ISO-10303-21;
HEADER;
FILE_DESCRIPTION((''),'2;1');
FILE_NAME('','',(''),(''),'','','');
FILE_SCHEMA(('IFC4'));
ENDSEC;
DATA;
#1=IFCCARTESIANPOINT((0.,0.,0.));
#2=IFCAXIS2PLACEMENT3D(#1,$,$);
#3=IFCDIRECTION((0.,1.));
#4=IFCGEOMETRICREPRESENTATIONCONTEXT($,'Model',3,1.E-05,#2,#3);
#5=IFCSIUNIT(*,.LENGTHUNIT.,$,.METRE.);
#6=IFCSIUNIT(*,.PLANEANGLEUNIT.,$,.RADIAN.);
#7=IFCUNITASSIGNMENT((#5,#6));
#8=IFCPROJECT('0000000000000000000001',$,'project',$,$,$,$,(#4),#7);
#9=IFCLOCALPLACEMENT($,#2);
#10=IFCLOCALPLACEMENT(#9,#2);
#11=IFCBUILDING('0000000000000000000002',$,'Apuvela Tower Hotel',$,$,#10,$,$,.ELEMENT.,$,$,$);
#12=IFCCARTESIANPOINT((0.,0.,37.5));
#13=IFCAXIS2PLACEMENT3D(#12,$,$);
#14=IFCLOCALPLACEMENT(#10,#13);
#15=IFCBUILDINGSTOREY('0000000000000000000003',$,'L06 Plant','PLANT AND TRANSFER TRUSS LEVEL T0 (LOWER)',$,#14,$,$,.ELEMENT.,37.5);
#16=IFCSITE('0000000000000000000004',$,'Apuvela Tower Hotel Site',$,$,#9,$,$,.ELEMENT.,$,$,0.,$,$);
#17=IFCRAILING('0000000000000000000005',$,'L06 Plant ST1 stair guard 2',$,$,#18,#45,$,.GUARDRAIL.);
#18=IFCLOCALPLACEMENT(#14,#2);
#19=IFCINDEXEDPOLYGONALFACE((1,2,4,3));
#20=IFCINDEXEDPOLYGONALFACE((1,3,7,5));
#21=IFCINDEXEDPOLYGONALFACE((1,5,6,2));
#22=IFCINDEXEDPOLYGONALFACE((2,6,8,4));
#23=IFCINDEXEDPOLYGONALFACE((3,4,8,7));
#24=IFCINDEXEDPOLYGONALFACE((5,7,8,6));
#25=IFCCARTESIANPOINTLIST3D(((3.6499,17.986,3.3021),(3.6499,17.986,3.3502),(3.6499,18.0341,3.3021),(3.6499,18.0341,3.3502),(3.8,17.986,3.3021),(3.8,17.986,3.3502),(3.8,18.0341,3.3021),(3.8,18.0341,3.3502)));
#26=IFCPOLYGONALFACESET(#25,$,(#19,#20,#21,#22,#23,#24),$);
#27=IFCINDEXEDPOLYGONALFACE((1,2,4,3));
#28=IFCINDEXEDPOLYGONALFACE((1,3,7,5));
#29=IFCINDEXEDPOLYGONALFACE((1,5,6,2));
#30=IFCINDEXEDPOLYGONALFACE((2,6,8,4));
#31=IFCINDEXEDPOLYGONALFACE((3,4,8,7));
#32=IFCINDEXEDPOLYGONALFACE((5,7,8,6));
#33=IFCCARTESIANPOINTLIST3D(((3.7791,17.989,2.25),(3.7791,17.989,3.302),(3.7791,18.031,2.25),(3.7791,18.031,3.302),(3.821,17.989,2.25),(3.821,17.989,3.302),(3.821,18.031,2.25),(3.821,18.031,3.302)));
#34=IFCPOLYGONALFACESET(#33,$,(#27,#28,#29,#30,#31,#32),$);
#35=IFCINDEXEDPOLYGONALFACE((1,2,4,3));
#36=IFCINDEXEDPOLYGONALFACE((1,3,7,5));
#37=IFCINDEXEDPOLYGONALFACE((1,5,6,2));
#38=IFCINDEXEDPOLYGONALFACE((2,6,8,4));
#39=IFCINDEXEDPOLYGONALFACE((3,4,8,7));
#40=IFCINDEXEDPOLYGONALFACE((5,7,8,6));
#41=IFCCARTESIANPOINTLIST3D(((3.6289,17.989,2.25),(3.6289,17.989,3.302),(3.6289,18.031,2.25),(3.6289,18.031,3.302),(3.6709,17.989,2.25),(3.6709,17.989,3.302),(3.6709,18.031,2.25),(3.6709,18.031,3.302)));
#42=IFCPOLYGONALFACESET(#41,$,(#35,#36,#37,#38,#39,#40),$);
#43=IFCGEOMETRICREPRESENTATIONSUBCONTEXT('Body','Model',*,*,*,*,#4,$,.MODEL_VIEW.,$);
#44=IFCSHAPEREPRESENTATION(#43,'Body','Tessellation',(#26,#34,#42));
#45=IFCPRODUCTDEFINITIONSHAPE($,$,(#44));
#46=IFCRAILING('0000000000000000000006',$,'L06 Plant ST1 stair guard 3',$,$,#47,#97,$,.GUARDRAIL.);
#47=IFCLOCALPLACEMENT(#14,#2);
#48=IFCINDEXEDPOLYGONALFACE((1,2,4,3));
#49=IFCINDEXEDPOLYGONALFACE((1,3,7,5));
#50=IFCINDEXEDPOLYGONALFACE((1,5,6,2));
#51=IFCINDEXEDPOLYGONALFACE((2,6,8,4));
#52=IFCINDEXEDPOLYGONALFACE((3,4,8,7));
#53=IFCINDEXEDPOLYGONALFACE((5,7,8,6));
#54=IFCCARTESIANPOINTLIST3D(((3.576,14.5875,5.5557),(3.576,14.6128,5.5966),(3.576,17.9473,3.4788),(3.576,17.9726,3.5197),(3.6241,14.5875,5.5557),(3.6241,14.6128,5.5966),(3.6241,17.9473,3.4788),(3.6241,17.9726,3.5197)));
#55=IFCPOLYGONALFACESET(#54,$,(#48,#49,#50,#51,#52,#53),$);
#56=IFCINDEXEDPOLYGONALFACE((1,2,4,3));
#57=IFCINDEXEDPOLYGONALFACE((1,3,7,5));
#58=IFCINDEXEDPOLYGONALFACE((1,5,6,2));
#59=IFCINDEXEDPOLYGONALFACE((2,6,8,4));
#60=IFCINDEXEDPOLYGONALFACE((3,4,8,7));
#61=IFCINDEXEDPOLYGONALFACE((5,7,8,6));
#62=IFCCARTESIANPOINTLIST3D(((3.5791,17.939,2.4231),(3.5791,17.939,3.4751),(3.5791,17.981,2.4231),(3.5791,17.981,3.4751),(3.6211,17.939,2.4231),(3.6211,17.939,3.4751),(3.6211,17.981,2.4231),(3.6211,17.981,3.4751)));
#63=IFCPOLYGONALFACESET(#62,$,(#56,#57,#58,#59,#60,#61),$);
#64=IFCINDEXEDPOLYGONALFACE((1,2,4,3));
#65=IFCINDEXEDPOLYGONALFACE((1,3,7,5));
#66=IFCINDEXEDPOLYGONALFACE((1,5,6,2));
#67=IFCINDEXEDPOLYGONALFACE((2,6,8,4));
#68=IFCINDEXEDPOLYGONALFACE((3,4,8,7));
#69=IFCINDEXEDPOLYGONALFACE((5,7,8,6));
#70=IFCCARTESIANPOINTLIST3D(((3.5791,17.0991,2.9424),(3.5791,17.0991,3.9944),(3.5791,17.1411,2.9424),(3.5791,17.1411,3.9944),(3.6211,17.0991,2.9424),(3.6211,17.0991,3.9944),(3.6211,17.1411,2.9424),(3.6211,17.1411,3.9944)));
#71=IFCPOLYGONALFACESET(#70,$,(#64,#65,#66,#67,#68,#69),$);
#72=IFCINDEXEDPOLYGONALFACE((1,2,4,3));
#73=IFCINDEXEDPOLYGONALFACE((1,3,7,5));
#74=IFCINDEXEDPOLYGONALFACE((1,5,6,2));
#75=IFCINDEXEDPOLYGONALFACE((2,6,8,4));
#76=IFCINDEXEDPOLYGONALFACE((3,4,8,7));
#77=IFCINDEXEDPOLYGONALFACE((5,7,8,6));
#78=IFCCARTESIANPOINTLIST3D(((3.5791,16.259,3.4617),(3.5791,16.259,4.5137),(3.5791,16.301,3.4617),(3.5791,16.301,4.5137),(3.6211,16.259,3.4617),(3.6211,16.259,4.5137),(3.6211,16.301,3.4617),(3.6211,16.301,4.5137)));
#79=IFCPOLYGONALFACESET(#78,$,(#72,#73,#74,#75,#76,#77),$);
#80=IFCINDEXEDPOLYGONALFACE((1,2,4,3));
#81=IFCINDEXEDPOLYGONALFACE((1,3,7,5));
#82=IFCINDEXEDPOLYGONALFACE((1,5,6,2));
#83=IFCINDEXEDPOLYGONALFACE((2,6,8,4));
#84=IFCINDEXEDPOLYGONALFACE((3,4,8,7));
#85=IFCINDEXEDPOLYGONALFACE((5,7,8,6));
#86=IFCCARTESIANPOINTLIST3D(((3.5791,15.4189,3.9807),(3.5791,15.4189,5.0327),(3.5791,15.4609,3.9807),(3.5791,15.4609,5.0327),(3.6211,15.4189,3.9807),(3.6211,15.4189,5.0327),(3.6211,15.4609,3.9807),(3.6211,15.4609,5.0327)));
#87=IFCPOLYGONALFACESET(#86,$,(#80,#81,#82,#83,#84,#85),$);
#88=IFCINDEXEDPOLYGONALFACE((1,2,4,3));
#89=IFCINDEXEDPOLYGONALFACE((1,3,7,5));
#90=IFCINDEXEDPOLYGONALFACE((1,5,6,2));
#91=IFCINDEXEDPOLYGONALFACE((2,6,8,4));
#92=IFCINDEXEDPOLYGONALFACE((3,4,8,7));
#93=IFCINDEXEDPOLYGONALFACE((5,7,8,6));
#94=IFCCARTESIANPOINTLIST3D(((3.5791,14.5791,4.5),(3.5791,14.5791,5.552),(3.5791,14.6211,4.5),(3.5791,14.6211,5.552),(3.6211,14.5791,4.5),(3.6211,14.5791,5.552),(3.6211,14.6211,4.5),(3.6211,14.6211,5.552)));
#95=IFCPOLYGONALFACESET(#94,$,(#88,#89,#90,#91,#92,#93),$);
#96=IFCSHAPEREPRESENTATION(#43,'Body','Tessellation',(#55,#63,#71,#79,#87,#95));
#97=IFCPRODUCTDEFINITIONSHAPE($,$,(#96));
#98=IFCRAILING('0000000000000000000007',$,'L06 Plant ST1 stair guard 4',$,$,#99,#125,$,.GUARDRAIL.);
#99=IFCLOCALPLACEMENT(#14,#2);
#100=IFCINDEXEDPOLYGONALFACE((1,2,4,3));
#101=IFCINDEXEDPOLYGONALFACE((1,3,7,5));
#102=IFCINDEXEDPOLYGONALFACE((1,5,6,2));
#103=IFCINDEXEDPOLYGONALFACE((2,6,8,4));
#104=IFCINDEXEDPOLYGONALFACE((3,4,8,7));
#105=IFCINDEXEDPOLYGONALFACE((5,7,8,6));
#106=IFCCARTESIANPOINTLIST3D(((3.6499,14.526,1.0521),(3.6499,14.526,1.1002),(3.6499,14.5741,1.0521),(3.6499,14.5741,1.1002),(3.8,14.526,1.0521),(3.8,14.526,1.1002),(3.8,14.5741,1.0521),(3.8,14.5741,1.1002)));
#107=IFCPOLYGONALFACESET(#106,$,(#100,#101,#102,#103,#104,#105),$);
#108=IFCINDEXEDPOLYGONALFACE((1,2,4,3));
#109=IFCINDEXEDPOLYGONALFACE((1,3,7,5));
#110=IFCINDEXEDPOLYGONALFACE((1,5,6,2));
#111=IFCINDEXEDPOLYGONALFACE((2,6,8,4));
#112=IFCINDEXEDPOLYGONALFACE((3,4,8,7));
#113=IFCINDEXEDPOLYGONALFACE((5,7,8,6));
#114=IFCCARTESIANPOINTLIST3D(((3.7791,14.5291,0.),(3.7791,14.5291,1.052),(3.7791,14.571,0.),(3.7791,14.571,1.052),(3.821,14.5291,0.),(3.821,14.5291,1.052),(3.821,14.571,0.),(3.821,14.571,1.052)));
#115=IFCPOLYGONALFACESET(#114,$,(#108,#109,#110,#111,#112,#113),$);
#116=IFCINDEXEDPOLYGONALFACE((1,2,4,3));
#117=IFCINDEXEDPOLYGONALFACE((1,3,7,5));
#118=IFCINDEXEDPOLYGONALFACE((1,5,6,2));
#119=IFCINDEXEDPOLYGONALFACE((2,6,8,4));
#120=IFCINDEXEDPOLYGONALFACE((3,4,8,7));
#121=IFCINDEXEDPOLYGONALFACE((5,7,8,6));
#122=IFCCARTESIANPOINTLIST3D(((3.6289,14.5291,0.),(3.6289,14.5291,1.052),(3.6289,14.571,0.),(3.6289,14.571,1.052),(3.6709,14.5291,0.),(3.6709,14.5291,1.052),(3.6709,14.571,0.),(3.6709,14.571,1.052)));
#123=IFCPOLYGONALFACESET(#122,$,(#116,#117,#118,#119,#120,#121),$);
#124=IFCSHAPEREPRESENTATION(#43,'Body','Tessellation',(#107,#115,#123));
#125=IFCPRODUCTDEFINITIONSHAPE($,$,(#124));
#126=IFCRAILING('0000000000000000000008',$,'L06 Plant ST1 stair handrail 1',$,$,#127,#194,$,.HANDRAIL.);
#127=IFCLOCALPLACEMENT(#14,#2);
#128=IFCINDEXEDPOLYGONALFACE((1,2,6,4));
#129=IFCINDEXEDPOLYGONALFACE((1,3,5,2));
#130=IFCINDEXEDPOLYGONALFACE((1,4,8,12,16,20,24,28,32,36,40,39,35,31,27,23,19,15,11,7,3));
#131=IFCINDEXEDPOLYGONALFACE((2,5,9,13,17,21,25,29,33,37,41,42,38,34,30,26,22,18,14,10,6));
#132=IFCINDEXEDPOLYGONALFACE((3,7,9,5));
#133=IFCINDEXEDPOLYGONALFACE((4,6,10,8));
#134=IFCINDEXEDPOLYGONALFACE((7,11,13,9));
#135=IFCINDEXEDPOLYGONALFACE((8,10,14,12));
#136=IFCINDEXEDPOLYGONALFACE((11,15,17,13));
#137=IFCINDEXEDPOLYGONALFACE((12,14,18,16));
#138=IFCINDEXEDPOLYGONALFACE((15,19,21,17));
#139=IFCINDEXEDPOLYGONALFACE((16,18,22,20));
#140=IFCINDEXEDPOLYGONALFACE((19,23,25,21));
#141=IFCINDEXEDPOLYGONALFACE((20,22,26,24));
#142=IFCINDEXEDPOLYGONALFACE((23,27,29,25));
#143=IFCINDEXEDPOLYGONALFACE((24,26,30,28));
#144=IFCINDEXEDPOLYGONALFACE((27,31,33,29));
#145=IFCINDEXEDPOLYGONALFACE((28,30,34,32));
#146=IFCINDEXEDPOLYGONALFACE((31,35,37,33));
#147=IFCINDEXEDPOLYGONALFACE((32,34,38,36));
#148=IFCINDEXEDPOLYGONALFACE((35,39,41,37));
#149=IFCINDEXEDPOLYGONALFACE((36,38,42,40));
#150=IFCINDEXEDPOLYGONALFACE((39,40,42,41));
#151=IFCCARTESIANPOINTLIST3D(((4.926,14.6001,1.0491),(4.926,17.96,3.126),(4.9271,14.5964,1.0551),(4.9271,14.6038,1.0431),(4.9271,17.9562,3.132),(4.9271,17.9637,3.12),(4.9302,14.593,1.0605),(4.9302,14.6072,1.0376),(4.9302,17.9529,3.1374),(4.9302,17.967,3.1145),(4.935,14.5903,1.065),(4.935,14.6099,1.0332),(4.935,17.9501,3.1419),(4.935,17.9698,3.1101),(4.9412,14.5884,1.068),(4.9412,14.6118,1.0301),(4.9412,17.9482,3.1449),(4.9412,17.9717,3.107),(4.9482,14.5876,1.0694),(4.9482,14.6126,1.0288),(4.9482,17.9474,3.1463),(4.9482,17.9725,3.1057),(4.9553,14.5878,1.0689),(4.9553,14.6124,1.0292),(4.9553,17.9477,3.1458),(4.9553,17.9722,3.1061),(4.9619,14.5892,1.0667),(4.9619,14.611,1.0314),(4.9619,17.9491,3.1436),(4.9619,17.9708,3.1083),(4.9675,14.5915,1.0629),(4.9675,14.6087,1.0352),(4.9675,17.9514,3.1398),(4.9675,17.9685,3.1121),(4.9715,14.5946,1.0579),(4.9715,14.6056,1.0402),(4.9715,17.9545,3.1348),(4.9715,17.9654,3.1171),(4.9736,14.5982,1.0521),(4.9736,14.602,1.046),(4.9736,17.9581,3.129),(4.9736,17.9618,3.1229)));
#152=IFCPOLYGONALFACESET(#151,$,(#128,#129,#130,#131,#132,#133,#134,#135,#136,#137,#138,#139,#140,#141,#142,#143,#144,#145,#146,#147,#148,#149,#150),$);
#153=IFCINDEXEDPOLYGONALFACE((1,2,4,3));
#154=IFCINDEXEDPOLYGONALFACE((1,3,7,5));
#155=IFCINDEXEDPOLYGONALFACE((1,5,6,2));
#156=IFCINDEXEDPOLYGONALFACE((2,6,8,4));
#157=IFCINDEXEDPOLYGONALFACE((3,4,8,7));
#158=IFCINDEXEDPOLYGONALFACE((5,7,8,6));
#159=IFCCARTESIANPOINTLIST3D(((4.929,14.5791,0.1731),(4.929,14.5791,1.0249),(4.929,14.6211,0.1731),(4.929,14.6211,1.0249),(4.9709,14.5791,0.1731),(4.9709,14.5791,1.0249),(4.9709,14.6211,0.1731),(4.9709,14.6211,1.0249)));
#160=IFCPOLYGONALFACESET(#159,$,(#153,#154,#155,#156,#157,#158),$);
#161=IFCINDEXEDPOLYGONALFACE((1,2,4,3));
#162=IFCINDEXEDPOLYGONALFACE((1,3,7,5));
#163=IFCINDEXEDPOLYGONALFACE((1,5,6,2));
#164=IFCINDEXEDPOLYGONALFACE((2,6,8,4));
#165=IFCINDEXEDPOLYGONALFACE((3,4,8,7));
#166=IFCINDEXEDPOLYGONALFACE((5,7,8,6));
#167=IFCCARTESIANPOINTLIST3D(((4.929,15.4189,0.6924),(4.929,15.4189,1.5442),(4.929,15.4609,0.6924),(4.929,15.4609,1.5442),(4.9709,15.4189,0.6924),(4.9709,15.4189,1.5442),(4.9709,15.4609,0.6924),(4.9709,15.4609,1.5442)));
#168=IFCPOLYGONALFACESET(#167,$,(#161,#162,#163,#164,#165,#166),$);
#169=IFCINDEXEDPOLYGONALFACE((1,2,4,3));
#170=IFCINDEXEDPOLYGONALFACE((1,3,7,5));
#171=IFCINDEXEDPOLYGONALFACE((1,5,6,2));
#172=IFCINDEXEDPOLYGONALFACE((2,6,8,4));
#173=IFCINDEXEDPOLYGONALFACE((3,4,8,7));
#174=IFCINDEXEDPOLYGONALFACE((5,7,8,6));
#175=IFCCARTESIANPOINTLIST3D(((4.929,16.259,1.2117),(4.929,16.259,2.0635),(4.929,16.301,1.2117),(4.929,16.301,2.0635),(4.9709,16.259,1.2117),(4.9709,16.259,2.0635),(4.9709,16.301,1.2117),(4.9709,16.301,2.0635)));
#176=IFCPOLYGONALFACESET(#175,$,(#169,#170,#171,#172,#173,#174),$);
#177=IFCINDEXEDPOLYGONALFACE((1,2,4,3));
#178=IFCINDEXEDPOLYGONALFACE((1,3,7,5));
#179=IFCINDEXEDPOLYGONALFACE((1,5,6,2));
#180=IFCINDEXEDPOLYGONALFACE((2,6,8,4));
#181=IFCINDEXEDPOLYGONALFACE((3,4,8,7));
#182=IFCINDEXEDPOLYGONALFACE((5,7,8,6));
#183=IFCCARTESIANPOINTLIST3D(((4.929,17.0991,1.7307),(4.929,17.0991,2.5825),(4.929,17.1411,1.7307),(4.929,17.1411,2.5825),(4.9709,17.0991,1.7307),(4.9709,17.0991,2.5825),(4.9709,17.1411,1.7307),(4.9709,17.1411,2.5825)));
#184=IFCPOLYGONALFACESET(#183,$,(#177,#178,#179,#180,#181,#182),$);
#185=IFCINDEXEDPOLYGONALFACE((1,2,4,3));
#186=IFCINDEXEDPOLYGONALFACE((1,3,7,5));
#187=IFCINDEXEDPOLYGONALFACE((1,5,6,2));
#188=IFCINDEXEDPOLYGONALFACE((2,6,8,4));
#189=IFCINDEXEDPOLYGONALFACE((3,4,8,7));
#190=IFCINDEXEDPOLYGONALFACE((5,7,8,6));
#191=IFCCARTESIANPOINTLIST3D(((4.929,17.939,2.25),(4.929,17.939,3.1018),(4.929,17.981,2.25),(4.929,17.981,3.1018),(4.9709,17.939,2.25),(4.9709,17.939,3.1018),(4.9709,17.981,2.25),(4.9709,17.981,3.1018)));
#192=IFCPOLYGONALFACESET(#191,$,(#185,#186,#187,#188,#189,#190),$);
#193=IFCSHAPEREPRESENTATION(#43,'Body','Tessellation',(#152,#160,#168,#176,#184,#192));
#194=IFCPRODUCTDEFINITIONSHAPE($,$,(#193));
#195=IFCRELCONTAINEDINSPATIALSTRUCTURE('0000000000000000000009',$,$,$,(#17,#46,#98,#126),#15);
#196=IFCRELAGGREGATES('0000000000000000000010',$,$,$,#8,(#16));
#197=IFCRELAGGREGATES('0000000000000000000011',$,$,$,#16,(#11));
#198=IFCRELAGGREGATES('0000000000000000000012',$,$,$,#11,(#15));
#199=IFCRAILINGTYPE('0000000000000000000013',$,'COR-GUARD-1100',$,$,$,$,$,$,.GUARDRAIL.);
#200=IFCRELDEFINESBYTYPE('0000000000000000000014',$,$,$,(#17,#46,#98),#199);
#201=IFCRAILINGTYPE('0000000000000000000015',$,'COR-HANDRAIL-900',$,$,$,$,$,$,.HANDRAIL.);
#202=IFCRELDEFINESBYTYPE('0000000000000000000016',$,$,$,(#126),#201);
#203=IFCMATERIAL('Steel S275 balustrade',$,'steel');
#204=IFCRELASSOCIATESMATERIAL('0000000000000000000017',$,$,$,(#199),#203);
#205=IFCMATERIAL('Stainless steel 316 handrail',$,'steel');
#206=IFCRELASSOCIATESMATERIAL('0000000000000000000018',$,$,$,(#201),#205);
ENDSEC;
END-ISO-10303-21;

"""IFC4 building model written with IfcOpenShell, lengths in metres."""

from ifc_helpers import new_model, si_unit, direction, frame, origin, origin_2d, place, context, subcontext, project, spatial, rectangle, circle, extrude, material, type_object, element, save


model = new_model("IFC4")

# Units and contexts
model_context = context("Model", 3, precision=1e-05, world=origin(), true_north=direction((0.0, 1.0)))
body_context = subcontext(model_context, "Body", "Model", "MODEL_VIEW")
ifc_project = project(units=[si_unit("LENGTHUNIT", "METRE"), si_unit("PLANEANGLEUNIT", "RADIAN")], contexts=[model_context])

# Site, building, storey
site_placement = place(None, origin())
site = spatial("IfcSite", under=ifc_project, at=site_placement, Name="Apuvela Tower Hotel Site", CompositionType="ELEMENT", RefElevation=0.0)
building_placement = place(site_placement, origin())
building = spatial("IfcBuilding", under=site, at=building_placement, Name="Apuvela Tower Hotel", CompositionType="ELEMENT")
storey_placement = place(building_placement, frame((0.0, 0.0, 37.5)))
storey = spatial("IfcBuildingStorey", under=building, at=storey_placement, Name="L06 Plant", Description="PLANT AND TRANSFER TRUSS LEVEL T0 (LOWER)", CompositionType="ELEMENT", Elevation=37.5)

# Railings
ifc_material_1 = material(Name="Steel S275 balustrade", Category="steel")
railing_type_1 = type_object("IfcRailingType", Name="COR-GUARD-1100", PredefinedType="GUARDRAIL", material=ifc_material_1)
railing_1_placement = place(storey_placement, frame((3.8, 18.01, 2.25)))
element("IfcRailing", 1, at=railing_1_placement, inside=storey, type_object=railing_type_1, Name="L06 Plant ST1 stair guard 2", PredefinedType="GUARDRAIL", context=body_context, shape_type="SweptSolid", body=[
    extrude(rectangle(XDim=0.0481, YDim=0.0481, at=origin_2d()), frame((0.0, 0.0, 1.0762), z_axis=(-1.0, 0.0, 0.0), x_axis=(0.0, -1.0, 0.0)), (0.0, 0.0, 1.0), 0.1501),
    extrude(rectangle(XDim=0.042, YDim=0.042, at=origin_2d()), origin(), (0.0, 0.0, 1.0), 1.052),
    extrude(rectangle(XDim=0.042, YDim=0.042, at=origin_2d()), frame((-0.1501, 0.0, 0.0)), (0.0, 0.0, 1.0), 1.052),
])
railing_2_placement = place(storey_placement, frame((3.6001, 17.96, 2.4231)))
element("IfcRailing", 2, at=railing_2_placement, inside=storey, type_object=railing_type_1, Name="L06 Plant ST1 stair guard 3", PredefinedType="GUARDRAIL", context=body_context, shape_type="SweptSolid", body=[
    extrude(rectangle(XDim=0.0481, YDim=0.0481, at=origin_2d()), frame((0.0, 0.0, 1.0762), z_axis=(0.0, -0.850606, 0.525803), x_axis=(1.0, 0.0, 0.0)), (0.0, 0.0, 1.0), 3.95),
    extrude(rectangle(XDim=0.042, YDim=0.042, at=origin_2d()), origin(), (0.0, 0.0, 1.0), 1.052),
    extrude(rectangle(XDim=0.042, YDim=0.042, at=origin_2d()), frame((0.0, -0.8398, 0.5193)), (0.0, 0.0, 1.0), 1.052),
    extrude(rectangle(XDim=0.042, YDim=0.042, at=origin_2d()), frame((0.0, -1.6799, 1.0386)), (0.0, 0.0, 1.0), 1.052),
    extrude(rectangle(XDim=0.042, YDim=0.042, at=origin_2d()), frame((0.0, -2.52, 1.5576)), (0.0, 0.0, 1.0), 1.052),
    extrude(rectangle(XDim=0.042, YDim=0.042, at=origin_2d()), frame((0.0, -3.3599, 2.0769)), (0.0, 0.0, 1.0), 1.052),
])
railing_3_placement = place(storey_placement, frame((3.8, 14.55, 0.0)))
element("IfcRailing", 3, at=railing_3_placement, inside=storey, type_object=railing_type_1, Name="L06 Plant ST1 stair guard 4", PredefinedType="GUARDRAIL", context=body_context, shape_type="SweptSolid", body=[
    extrude(rectangle(XDim=0.0481, YDim=0.0481, at=origin_2d()), frame((0.0, 0.0, 1.0762), z_axis=(-1.0, 0.0, 0.0), x_axis=(0.0, -1.0, 0.0)), (0.0, 0.0, 1.0), 0.1501),
    extrude(rectangle(XDim=0.042, YDim=0.042, at=origin_2d()), origin(), (0.0, 0.0, 1.0), 1.052),
    extrude(rectangle(XDim=0.042, YDim=0.042, at=origin_2d()), frame((-0.1501, 0.0, 0.0)), (0.0, 0.0, 1.0), 1.052),
])
ifc_material_2 = material(Name="Stainless steel 316 handrail", Category="steel")
railing_type_2 = type_object("IfcRailingType", Name="COR-HANDRAIL-900", PredefinedType="HANDRAIL", material=ifc_material_2)
railing_4_placement = place(storey_placement, frame((4.95, 14.6001, 0.1731)))
element("IfcRailing", 4, at=railing_4_placement, inside=storey, type_object=railing_type_2, Name="L06 Plant ST1 stair handrail 1", PredefinedType="HANDRAIL", context=body_context, shape_type="SweptSolid", body=[
    extrude(circle(Radius=0.0239, at=origin_2d()), frame((0.0, 0.0, 0.876), z_axis=(0.0, 0.850606, 0.525803), x_axis=(-1.0, 0.0, 0.0)), (0.0, 0.0, 1.0), 3.95),
    extrude(rectangle(XDim=0.042, YDim=0.042, at=origin_2d()), origin(), (0.0, 0.0, 1.0), 0.8518),
    extrude(rectangle(XDim=0.042, YDim=0.042, at=origin_2d()), frame((0.0, 0.8398, 0.5193)), (0.0, 0.0, 1.0), 0.8518),
    extrude(rectangle(XDim=0.042, YDim=0.042, at=origin_2d()), frame((0.0, 1.6799, 1.0386)), (0.0, 0.0, 1.0), 0.8518),
    extrude(rectangle(XDim=0.042, YDim=0.042, at=origin_2d()), frame((0.0, 2.52, 1.5576)), (0.0, 0.0, 1.0), 0.8518),
    extrude(rectangle(XDim=0.042, YDim=0.042, at=origin_2d()), frame((0.0, 3.3599, 2.0769)), (0.0, 0.0, 1.0), 0.8518),
])

save(model, "model.ifc")
